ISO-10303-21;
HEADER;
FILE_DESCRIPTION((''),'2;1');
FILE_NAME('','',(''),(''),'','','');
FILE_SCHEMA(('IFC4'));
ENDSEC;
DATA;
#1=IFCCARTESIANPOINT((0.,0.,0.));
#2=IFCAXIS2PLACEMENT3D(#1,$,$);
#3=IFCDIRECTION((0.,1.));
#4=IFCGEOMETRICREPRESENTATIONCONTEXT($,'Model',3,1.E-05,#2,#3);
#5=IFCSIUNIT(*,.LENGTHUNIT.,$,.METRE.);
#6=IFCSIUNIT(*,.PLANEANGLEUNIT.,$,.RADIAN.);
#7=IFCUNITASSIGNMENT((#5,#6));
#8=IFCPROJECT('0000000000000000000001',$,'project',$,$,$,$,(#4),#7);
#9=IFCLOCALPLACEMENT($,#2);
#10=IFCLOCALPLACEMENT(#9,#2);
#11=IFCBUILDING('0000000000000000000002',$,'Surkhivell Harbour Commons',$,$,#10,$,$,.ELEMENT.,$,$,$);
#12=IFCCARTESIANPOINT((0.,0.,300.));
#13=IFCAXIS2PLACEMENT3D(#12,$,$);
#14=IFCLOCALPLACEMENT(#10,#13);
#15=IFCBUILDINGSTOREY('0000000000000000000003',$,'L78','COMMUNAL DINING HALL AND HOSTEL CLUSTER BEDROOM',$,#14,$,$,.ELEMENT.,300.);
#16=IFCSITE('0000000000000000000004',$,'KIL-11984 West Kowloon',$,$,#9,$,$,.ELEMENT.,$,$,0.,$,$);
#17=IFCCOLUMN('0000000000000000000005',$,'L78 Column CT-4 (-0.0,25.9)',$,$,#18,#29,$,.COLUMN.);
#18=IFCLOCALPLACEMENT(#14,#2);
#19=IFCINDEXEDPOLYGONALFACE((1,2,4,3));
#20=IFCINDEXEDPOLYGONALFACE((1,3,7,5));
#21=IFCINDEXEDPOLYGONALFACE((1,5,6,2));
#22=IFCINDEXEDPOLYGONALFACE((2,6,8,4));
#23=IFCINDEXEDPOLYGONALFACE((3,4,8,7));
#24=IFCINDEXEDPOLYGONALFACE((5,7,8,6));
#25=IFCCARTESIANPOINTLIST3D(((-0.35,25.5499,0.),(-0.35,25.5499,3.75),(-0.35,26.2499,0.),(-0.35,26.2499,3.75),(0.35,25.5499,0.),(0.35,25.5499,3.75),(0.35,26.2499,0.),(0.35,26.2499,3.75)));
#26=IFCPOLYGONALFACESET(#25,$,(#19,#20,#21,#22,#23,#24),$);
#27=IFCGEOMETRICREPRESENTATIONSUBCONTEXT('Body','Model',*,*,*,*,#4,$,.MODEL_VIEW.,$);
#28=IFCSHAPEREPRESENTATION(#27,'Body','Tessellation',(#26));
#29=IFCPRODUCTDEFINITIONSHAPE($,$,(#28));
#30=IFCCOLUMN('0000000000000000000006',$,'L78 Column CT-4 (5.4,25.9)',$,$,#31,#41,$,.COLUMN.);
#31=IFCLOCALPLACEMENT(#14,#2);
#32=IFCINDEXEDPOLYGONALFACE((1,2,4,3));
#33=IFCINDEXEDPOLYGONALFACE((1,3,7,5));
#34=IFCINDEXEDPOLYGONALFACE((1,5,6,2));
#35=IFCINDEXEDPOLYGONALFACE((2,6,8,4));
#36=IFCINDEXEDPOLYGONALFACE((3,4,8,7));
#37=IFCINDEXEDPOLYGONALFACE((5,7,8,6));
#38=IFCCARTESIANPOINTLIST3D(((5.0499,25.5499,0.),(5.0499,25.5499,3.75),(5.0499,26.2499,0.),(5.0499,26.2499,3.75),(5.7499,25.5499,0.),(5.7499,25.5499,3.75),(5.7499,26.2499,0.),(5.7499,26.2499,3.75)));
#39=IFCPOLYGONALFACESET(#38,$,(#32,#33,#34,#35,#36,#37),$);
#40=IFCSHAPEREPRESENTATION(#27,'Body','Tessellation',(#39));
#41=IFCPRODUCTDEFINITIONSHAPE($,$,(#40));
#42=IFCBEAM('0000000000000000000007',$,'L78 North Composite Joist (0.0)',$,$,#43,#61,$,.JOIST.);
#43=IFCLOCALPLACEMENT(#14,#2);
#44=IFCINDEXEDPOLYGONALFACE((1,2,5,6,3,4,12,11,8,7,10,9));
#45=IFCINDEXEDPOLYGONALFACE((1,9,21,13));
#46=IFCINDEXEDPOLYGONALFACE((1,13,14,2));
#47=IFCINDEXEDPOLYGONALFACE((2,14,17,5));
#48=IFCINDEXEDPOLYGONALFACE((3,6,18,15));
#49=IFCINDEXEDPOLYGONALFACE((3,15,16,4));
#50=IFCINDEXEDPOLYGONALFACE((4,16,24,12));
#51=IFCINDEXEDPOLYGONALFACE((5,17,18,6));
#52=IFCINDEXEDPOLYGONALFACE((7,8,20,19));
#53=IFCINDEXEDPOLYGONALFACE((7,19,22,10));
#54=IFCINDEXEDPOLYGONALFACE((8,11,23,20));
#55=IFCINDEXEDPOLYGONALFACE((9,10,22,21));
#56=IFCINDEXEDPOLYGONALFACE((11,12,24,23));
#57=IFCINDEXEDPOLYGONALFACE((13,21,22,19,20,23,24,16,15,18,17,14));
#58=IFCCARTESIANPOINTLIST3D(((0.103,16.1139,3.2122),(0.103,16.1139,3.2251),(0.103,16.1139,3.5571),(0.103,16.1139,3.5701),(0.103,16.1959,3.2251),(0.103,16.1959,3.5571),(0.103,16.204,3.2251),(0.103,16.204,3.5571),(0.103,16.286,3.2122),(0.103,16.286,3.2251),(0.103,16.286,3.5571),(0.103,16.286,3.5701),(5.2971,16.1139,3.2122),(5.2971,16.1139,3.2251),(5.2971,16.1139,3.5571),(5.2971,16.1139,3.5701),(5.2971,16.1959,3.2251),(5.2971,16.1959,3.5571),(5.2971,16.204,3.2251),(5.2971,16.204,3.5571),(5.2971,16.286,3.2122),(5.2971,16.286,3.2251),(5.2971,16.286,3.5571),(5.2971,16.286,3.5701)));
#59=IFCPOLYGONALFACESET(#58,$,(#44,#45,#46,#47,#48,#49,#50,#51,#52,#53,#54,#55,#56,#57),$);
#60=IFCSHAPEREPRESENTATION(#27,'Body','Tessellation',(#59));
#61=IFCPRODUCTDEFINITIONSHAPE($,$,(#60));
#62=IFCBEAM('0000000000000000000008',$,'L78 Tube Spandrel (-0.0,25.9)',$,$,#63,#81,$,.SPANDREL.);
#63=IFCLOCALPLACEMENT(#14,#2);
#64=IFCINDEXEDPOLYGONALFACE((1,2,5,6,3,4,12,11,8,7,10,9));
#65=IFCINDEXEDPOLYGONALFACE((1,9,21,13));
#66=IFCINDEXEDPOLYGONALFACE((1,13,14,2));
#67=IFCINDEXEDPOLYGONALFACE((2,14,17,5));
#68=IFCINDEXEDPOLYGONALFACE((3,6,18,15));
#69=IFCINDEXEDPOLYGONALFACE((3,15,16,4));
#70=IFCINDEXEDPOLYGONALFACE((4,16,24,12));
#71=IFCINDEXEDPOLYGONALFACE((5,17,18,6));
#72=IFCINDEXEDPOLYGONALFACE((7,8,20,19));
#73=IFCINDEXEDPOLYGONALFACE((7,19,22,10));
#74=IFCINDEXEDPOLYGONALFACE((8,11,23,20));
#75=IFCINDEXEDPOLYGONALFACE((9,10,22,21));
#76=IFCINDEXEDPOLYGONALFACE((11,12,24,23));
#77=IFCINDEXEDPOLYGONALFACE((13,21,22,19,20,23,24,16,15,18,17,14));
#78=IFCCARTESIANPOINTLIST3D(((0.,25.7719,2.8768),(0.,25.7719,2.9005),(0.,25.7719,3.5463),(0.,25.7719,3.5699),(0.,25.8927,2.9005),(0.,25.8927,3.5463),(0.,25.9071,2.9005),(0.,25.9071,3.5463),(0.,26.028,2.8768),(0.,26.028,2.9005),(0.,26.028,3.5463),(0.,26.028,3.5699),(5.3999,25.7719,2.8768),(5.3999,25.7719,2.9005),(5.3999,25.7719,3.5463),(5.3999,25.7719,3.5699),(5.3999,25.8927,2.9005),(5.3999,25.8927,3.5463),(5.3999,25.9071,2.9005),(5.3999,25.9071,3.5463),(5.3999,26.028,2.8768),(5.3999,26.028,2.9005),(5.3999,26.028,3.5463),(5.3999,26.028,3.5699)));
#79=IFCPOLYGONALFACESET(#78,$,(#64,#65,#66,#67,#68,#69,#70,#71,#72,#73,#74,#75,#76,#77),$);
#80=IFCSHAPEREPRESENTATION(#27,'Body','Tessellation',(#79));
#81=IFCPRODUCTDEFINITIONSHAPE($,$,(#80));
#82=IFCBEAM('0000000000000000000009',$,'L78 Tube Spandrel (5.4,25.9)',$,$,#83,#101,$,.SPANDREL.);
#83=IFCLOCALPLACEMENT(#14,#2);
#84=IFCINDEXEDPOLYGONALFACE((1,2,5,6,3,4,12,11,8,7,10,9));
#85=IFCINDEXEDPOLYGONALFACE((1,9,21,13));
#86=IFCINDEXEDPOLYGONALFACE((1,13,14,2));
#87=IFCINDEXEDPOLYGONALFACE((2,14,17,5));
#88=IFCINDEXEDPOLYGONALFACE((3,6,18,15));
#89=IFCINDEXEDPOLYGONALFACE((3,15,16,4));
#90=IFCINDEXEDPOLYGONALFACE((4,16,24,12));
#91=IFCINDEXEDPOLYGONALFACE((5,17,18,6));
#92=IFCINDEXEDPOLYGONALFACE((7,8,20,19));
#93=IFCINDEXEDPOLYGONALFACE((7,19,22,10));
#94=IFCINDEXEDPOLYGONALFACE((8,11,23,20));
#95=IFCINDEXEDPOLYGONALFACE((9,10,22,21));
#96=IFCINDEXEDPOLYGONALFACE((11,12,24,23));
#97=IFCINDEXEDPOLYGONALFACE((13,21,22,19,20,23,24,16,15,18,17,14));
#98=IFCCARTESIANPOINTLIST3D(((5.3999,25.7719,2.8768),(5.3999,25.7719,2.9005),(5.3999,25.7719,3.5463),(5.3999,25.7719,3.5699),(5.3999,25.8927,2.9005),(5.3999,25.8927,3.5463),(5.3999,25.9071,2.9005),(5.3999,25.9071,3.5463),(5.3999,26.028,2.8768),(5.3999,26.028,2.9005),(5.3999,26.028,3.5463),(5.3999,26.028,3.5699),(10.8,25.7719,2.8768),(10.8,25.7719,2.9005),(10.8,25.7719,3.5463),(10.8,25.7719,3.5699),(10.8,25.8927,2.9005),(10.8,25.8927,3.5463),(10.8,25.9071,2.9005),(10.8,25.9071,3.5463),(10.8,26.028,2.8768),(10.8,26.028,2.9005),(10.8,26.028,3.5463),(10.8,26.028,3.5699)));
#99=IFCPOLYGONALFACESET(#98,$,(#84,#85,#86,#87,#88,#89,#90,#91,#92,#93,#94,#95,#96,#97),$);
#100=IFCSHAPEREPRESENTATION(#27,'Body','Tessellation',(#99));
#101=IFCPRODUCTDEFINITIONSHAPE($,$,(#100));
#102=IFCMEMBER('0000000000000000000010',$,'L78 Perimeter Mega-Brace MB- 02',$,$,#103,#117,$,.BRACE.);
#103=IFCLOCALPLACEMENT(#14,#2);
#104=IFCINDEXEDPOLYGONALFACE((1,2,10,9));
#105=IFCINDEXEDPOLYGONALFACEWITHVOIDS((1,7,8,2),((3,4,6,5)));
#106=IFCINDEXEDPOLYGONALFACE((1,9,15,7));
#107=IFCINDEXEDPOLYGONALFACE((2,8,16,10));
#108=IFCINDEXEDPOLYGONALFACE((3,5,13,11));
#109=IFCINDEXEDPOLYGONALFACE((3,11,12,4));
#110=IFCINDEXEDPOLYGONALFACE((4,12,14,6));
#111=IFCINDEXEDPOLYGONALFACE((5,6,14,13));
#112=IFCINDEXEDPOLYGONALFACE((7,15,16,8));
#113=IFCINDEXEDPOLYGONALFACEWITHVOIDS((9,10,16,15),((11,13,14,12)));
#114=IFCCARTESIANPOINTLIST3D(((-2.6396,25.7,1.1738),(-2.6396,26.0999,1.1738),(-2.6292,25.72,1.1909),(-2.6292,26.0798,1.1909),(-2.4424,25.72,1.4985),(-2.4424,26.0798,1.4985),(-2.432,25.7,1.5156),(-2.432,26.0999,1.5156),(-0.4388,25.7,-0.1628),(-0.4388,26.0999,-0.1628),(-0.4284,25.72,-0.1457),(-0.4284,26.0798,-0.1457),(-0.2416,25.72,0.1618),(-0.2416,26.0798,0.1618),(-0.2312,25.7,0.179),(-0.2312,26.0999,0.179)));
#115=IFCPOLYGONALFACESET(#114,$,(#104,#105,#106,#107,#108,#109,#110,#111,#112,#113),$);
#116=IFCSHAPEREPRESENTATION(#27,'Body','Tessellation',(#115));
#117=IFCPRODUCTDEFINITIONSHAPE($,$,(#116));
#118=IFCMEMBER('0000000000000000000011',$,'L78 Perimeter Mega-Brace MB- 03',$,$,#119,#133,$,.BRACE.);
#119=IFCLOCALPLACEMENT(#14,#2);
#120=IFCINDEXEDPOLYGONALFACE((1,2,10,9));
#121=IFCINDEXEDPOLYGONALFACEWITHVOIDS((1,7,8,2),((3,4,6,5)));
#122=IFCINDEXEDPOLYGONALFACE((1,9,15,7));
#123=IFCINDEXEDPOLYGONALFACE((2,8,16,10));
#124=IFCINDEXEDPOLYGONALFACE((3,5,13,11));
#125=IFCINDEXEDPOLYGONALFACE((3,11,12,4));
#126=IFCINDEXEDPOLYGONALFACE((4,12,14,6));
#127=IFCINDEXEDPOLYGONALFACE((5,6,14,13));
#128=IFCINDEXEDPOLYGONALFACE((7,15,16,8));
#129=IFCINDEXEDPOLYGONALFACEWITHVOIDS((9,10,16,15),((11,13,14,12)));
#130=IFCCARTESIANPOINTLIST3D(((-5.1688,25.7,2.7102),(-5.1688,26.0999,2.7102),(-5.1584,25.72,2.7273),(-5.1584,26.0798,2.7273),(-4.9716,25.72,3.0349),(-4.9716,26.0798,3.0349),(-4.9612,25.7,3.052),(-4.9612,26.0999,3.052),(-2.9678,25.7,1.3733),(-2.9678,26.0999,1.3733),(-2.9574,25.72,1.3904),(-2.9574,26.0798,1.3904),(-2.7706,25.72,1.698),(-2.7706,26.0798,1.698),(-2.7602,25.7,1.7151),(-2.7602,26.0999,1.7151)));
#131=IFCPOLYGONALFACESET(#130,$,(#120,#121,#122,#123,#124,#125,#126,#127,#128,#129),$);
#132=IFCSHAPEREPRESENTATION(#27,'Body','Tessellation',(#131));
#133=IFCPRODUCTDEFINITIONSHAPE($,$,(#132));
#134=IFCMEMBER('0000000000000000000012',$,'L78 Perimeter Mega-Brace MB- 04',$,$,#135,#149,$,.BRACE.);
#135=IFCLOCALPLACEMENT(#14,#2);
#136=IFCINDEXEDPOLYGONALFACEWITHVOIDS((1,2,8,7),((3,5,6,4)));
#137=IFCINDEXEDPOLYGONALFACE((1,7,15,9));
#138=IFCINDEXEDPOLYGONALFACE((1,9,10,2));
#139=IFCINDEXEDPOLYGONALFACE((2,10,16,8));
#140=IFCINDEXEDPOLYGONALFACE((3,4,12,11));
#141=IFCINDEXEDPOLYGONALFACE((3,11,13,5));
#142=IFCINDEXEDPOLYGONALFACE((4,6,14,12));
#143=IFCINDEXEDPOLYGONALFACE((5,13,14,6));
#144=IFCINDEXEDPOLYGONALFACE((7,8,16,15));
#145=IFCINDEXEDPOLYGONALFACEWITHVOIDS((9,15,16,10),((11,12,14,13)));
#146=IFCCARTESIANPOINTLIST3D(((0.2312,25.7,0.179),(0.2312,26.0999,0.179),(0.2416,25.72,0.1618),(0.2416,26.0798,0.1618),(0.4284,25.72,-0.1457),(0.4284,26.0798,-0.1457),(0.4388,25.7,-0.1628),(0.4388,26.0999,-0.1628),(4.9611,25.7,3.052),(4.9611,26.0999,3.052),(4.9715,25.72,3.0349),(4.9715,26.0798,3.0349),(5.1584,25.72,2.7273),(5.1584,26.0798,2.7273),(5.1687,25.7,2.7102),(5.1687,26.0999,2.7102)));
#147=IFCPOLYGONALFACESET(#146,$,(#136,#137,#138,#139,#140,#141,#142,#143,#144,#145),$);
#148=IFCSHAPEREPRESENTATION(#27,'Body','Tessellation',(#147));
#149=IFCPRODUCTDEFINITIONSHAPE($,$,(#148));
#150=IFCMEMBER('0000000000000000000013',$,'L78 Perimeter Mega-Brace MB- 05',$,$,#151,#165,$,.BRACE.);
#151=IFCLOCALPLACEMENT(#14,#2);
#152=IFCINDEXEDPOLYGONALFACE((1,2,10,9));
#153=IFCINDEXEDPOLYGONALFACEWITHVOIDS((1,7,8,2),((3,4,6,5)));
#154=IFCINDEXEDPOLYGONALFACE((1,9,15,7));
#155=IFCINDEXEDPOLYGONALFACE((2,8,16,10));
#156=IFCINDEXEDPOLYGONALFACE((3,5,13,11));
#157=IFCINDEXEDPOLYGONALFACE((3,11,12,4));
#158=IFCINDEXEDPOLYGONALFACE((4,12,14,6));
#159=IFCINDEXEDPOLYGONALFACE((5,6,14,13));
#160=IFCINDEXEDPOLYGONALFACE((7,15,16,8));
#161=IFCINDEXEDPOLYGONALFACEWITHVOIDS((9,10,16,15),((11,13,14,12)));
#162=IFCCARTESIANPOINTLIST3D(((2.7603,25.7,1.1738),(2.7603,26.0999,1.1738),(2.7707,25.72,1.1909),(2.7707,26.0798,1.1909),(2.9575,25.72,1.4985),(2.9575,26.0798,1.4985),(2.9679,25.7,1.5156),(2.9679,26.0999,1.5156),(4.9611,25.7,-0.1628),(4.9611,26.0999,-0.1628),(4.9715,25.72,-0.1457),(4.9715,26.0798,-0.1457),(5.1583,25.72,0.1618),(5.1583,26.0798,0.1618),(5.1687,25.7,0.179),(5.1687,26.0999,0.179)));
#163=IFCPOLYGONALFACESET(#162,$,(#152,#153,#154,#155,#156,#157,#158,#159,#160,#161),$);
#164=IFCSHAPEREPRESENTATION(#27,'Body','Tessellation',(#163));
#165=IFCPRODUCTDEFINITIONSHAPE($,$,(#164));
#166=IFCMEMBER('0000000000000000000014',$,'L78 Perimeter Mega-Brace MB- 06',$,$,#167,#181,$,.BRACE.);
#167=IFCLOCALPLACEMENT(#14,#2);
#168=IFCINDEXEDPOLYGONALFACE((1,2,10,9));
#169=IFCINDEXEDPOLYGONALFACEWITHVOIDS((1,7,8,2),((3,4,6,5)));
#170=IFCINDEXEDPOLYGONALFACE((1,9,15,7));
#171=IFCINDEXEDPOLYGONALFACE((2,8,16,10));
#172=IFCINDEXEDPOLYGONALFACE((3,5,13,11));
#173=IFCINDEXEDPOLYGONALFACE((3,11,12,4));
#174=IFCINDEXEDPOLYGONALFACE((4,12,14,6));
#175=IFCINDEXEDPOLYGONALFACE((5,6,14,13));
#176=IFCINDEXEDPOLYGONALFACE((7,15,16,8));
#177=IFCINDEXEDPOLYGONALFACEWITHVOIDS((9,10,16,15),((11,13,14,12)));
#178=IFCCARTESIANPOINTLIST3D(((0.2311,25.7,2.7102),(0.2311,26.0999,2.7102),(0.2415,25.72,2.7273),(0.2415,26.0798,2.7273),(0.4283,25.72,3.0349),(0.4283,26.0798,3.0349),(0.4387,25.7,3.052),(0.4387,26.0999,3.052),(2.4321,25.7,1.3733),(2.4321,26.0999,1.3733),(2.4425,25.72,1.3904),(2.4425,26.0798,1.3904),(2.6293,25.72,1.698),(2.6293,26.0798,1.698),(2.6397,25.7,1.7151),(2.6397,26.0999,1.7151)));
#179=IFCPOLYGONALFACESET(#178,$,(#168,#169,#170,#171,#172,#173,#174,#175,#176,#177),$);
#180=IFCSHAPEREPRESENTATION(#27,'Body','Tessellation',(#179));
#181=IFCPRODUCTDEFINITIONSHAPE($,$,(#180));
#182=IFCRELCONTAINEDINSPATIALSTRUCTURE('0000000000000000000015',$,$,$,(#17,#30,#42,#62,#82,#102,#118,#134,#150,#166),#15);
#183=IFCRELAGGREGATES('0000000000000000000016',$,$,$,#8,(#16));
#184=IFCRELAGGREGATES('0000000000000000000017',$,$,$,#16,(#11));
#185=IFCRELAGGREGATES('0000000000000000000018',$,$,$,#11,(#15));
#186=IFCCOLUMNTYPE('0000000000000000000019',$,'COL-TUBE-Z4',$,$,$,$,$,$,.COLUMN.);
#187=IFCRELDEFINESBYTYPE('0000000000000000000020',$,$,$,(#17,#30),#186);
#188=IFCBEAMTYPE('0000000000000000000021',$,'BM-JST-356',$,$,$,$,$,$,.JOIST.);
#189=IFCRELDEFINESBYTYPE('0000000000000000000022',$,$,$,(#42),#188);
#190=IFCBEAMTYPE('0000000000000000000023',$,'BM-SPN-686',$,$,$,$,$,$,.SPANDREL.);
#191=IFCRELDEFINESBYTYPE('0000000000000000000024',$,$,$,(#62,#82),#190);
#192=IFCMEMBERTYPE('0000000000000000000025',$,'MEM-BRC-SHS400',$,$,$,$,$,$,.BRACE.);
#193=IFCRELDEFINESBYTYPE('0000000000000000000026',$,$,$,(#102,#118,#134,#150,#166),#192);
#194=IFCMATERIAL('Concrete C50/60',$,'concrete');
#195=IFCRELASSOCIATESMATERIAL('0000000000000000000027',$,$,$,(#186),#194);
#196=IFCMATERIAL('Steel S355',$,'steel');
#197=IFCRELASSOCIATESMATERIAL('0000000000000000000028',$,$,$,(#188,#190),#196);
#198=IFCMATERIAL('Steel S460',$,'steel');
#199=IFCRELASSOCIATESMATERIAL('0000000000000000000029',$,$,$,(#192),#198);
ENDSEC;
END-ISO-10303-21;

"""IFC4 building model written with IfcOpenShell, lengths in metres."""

from ifc_helpers import new_model, si_unit, direction, frame, origin, origin_2d, place, context, subcontext, project, spatial, rectangle, hollow_rectangle, i_section, extrude, material, material_profile, profile_set, type_object, element, save


model = new_model("IFC4")

# Units and contexts
model_context = context("Model", 3, precision=1e-05, world=origin(), true_north=direction((0.0, 1.0)))
body_context = subcontext(model_context, "Body", "Model", "MODEL_VIEW")
ifc_project = project(units=[si_unit("LENGTHUNIT", "METRE"), si_unit("PLANEANGLEUNIT", "RADIAN")], contexts=[model_context])

# Site, building, storey
site_placement = place(None, origin())
site = spatial("IfcSite", under=ifc_project, at=site_placement, Name="KIL-11984 West Kowloon", CompositionType="ELEMENT", RefElevation=0.0)
building_placement = place(site_placement, origin())
building = spatial("IfcBuilding", under=site, at=building_placement, Name="Surkhivell Harbour Commons", CompositionType="ELEMENT")
storey_placement = place(building_placement, frame((0.0, 0.0, 300.0)))
storey = spatial("IfcBuildingStorey", under=building, at=storey_placement, Name="L78", Description="COMMUNAL DINING HALL AND HOSTEL CLUSTER BEDROOM", CompositionType="ELEMENT", Elevation=300.0)

# Columns
ifc_material_1 = material(Name="Concrete C50/60", Category="concrete")
ifc_material_profile_1 = material_profile(ifc_material_1, rectangle(XDim=0.7, YDim=0.7, at=origin_2d()), Name="RC-COL-700x700")
ifc_profile_set_1 = profile_set([ifc_material_profile_1], Name="Concrete C50/60")
column_type = type_object("IfcColumnType", Name="COL-TUBE-Z4", PredefinedType="COLUMN", material=ifc_profile_set_1)
for number, where, z_axis, x_axis, name in (
    (1, (0.0, 25.8999, 0.0), (0.0, 0.0, 1.0), (1.0, 0.0, 0.0), "L78 Column CT-4 (-0.0,25.9)"),
    (2, (5.3999, 25.8999, 0.0), (0.0, 0.0, 1.0), (1.0, 0.0, 0.0), "L78 Column CT-4 (5.4,25.9)"),
):
    element("IfcColumn", number, at=place(storey_placement, frame(where, z_axis=z_axis, x_axis=x_axis)), inside=storey, type_object=column_type, Name=name, PredefinedType="COLUMN", context=body_context, shape_type="SweptSolid", body=[
        extrude(rectangle(XDim=0.7, YDim=0.7, at=origin_2d()), origin(), (0.0, 0.0, 1.0), 3.75),
    ])

# Beams
ifc_material_2 = material(Name="Steel S355", Category="steel")
ifc_material_profile_2 = material_profile(ifc_material_2, i_section(OverallWidth=0.1721, OverallDepth=0.3579, WebThickness=0.0081, FlangeThickness=0.0129, at=origin_2d()), Name="UB356x171x57")
ifc_profile_set_2 = profile_set([ifc_material_profile_2], Name="Steel S355")
beam_type_1 = type_object("IfcBeamType", Name="BM-JST-356", PredefinedType="JOIST", material=ifc_profile_set_2)
beam_1_placement = place(storey_placement, frame((0.103, 16.2, 3.3911), z_axis=(1.0, 0.0, 0.0), x_axis=(0.0, 1.0, 0.0)))
element("IfcBeam", 3, at=beam_1_placement, inside=storey, type_object=beam_type_1, Name="L78 North Composite Joist (0.0)", PredefinedType="JOIST", context=body_context, shape_type="SweptSolid", body=[
    extrude(i_section(OverallWidth=0.1721, OverallDepth=0.3579, WebThickness=0.0081, FlangeThickness=0.0129, at=origin_2d()), origin(), (0.0, 0.0, 1.0), 5.1941),
])
ifc_material_profile_3 = material_profile(ifc_material_2, i_section(OverallWidth=0.2561, OverallDepth=0.6931, WebThickness=0.0144, FlangeThickness=0.0237, at=origin_2d()), Name="UB686x254x170")
ifc_profile_set_3 = profile_set([ifc_material_profile_3], Name="Steel S355")
beam_type_2 = type_object("IfcBeamType", Name="BM-SPN-686", PredefinedType="SPANDREL", material=ifc_profile_set_3)
beam_2_placement = place(storey_placement, frame((0.0, 25.8999, 3.2234), z_axis=(1.0, 0.0, 0.0), x_axis=(0.0, 1.0, 0.0)))
element("IfcBeam", 4, at=beam_2_placement, inside=storey, type_object=beam_type_2, Name="L78 Tube Spandrel (-0.0,25.9)", PredefinedType="SPANDREL", context=body_context, shape_type="SweptSolid", body=[
    extrude(i_section(OverallWidth=0.2561, OverallDepth=0.6931, WebThickness=0.0144, FlangeThickness=0.0237, at=origin_2d()), origin(), (0.0, 0.0, 1.0), 5.3999),
])
beam_3_placement = place(storey_placement, frame((5.3999, 25.8999, 3.2234), z_axis=(1.0, 0.0, 0.0), x_axis=(0.0, 1.0, 0.0)))
element("IfcBeam", 5, at=beam_3_placement, inside=storey, type_object=beam_type_2, Name="L78 Tube Spandrel (5.4,25.9)", PredefinedType="SPANDREL", context=body_context, shape_type="SweptSolid", body=[
    extrude(i_section(OverallWidth=0.2561, OverallDepth=0.6931, WebThickness=0.0144, FlangeThickness=0.0237, at=origin_2d()), origin(), (0.0, 0.0, 1.0), 5.4001),
])

# Members
ifc_material_3 = material(Name="Steel S460", Category="steel")
ifc_material_profile_4 = material_profile(ifc_material_3, hollow_rectangle(XDim=0.3999, YDim=0.3999, WallThickness=0.02, at=origin_2d()), Name="SHS400x400x20")
ifc_profile_set_4 = profile_set([ifc_material_profile_4], Name="Steel S460")
member_type = type_object("IfcMemberType", Name="MEM-BRC-SHS400", PredefinedType="BRACE", material=ifc_profile_set_4)
member_1_placement = place(storey_placement, frame((-0.335, 25.8999, 0.0081), z_axis=(-0.85472, 0.0, 0.519089), x_axis=(0.0, -1.0, 0.0)))
element("IfcMember", 6, at=member_1_placement, inside=storey, type_object=member_type, Name="L78 Perimeter Mega-Brace MB- 02", PredefinedType="BRACE", context=body_context, shape_type="SweptSolid", body=[
    extrude(hollow_rectangle(XDim=0.3999, YDim=0.3999, WallThickness=0.02, at=origin_2d()), origin(), (0.0, 0.0, 1.0), 2.575),
])
member_2_placement = place(storey_placement, frame((-2.864, 25.8999, 1.5442), z_axis=(-0.854678, 0.0, 0.519159), x_axis=(0.0, -1.0, 0.0)))
element("IfcMember", 7, at=member_2_placement, inside=storey, type_object=member_type, Name="L78 Perimeter Mega-Brace MB- 03", PredefinedType="BRACE", context=body_context, shape_type="SweptSolid", body=[
    extrude(hollow_rectangle(XDim=0.3999, YDim=0.3999, WallThickness=0.02, at=origin_2d()), origin(), (0.0, 0.0, 1.0), 2.5752),
])
member_3_placement = place(storey_placement, frame((0.335, 25.8999, 0.0081), z_axis=(0.854685, 0.0, 0.519146), x_axis=(0.0, 1.0, 0.0)))
element("IfcMember", 8, at=member_3_placement, inside=storey, type_object=member_type, Name="L78 Perimeter Mega-Brace MB- 04", PredefinedType="BRACE", context=body_context, shape_type="SweptSolid", body=[
    extrude(hollow_rectangle(XDim=0.3999, YDim=0.3999, WallThickness=0.02, at=origin_2d()), origin(), (0.0, 0.0, 1.0), 5.5342),
])
member_4_placement = place(storey_placement, frame((5.0649, 25.8999, 0.0081), z_axis=(-0.85472, 0.0, 0.519089), x_axis=(0.0, -1.0, 0.0)))
element("IfcMember", 9, at=member_4_placement, inside=storey, type_object=member_type, Name="L78 Perimeter Mega-Brace MB- 05", PredefinedType="BRACE", context=body_context, shape_type="SweptSolid", body=[
    extrude(hollow_rectangle(XDim=0.3999, YDim=0.3999, WallThickness=0.02, at=origin_2d()), origin(), (0.0, 0.0, 1.0), 2.575),
])
member_5_placement = place(storey_placement, frame((2.5359, 25.8999, 1.5442), z_axis=(-0.854678, 0.0, 0.519159), x_axis=(0.0, -1.0, 0.0)))
element("IfcMember", 10, at=member_5_placement, inside=storey, type_object=member_type, Name="L78 Perimeter Mega-Brace MB- 06", PredefinedType="BRACE", context=body_context, shape_type="SweptSolid", body=[
    extrude(hollow_rectangle(XDim=0.3999, YDim=0.3999, WallThickness=0.02, at=origin_2d()), origin(), (0.0, 0.0, 1.0), 2.5752),
])

save(model, "model.ifc")
